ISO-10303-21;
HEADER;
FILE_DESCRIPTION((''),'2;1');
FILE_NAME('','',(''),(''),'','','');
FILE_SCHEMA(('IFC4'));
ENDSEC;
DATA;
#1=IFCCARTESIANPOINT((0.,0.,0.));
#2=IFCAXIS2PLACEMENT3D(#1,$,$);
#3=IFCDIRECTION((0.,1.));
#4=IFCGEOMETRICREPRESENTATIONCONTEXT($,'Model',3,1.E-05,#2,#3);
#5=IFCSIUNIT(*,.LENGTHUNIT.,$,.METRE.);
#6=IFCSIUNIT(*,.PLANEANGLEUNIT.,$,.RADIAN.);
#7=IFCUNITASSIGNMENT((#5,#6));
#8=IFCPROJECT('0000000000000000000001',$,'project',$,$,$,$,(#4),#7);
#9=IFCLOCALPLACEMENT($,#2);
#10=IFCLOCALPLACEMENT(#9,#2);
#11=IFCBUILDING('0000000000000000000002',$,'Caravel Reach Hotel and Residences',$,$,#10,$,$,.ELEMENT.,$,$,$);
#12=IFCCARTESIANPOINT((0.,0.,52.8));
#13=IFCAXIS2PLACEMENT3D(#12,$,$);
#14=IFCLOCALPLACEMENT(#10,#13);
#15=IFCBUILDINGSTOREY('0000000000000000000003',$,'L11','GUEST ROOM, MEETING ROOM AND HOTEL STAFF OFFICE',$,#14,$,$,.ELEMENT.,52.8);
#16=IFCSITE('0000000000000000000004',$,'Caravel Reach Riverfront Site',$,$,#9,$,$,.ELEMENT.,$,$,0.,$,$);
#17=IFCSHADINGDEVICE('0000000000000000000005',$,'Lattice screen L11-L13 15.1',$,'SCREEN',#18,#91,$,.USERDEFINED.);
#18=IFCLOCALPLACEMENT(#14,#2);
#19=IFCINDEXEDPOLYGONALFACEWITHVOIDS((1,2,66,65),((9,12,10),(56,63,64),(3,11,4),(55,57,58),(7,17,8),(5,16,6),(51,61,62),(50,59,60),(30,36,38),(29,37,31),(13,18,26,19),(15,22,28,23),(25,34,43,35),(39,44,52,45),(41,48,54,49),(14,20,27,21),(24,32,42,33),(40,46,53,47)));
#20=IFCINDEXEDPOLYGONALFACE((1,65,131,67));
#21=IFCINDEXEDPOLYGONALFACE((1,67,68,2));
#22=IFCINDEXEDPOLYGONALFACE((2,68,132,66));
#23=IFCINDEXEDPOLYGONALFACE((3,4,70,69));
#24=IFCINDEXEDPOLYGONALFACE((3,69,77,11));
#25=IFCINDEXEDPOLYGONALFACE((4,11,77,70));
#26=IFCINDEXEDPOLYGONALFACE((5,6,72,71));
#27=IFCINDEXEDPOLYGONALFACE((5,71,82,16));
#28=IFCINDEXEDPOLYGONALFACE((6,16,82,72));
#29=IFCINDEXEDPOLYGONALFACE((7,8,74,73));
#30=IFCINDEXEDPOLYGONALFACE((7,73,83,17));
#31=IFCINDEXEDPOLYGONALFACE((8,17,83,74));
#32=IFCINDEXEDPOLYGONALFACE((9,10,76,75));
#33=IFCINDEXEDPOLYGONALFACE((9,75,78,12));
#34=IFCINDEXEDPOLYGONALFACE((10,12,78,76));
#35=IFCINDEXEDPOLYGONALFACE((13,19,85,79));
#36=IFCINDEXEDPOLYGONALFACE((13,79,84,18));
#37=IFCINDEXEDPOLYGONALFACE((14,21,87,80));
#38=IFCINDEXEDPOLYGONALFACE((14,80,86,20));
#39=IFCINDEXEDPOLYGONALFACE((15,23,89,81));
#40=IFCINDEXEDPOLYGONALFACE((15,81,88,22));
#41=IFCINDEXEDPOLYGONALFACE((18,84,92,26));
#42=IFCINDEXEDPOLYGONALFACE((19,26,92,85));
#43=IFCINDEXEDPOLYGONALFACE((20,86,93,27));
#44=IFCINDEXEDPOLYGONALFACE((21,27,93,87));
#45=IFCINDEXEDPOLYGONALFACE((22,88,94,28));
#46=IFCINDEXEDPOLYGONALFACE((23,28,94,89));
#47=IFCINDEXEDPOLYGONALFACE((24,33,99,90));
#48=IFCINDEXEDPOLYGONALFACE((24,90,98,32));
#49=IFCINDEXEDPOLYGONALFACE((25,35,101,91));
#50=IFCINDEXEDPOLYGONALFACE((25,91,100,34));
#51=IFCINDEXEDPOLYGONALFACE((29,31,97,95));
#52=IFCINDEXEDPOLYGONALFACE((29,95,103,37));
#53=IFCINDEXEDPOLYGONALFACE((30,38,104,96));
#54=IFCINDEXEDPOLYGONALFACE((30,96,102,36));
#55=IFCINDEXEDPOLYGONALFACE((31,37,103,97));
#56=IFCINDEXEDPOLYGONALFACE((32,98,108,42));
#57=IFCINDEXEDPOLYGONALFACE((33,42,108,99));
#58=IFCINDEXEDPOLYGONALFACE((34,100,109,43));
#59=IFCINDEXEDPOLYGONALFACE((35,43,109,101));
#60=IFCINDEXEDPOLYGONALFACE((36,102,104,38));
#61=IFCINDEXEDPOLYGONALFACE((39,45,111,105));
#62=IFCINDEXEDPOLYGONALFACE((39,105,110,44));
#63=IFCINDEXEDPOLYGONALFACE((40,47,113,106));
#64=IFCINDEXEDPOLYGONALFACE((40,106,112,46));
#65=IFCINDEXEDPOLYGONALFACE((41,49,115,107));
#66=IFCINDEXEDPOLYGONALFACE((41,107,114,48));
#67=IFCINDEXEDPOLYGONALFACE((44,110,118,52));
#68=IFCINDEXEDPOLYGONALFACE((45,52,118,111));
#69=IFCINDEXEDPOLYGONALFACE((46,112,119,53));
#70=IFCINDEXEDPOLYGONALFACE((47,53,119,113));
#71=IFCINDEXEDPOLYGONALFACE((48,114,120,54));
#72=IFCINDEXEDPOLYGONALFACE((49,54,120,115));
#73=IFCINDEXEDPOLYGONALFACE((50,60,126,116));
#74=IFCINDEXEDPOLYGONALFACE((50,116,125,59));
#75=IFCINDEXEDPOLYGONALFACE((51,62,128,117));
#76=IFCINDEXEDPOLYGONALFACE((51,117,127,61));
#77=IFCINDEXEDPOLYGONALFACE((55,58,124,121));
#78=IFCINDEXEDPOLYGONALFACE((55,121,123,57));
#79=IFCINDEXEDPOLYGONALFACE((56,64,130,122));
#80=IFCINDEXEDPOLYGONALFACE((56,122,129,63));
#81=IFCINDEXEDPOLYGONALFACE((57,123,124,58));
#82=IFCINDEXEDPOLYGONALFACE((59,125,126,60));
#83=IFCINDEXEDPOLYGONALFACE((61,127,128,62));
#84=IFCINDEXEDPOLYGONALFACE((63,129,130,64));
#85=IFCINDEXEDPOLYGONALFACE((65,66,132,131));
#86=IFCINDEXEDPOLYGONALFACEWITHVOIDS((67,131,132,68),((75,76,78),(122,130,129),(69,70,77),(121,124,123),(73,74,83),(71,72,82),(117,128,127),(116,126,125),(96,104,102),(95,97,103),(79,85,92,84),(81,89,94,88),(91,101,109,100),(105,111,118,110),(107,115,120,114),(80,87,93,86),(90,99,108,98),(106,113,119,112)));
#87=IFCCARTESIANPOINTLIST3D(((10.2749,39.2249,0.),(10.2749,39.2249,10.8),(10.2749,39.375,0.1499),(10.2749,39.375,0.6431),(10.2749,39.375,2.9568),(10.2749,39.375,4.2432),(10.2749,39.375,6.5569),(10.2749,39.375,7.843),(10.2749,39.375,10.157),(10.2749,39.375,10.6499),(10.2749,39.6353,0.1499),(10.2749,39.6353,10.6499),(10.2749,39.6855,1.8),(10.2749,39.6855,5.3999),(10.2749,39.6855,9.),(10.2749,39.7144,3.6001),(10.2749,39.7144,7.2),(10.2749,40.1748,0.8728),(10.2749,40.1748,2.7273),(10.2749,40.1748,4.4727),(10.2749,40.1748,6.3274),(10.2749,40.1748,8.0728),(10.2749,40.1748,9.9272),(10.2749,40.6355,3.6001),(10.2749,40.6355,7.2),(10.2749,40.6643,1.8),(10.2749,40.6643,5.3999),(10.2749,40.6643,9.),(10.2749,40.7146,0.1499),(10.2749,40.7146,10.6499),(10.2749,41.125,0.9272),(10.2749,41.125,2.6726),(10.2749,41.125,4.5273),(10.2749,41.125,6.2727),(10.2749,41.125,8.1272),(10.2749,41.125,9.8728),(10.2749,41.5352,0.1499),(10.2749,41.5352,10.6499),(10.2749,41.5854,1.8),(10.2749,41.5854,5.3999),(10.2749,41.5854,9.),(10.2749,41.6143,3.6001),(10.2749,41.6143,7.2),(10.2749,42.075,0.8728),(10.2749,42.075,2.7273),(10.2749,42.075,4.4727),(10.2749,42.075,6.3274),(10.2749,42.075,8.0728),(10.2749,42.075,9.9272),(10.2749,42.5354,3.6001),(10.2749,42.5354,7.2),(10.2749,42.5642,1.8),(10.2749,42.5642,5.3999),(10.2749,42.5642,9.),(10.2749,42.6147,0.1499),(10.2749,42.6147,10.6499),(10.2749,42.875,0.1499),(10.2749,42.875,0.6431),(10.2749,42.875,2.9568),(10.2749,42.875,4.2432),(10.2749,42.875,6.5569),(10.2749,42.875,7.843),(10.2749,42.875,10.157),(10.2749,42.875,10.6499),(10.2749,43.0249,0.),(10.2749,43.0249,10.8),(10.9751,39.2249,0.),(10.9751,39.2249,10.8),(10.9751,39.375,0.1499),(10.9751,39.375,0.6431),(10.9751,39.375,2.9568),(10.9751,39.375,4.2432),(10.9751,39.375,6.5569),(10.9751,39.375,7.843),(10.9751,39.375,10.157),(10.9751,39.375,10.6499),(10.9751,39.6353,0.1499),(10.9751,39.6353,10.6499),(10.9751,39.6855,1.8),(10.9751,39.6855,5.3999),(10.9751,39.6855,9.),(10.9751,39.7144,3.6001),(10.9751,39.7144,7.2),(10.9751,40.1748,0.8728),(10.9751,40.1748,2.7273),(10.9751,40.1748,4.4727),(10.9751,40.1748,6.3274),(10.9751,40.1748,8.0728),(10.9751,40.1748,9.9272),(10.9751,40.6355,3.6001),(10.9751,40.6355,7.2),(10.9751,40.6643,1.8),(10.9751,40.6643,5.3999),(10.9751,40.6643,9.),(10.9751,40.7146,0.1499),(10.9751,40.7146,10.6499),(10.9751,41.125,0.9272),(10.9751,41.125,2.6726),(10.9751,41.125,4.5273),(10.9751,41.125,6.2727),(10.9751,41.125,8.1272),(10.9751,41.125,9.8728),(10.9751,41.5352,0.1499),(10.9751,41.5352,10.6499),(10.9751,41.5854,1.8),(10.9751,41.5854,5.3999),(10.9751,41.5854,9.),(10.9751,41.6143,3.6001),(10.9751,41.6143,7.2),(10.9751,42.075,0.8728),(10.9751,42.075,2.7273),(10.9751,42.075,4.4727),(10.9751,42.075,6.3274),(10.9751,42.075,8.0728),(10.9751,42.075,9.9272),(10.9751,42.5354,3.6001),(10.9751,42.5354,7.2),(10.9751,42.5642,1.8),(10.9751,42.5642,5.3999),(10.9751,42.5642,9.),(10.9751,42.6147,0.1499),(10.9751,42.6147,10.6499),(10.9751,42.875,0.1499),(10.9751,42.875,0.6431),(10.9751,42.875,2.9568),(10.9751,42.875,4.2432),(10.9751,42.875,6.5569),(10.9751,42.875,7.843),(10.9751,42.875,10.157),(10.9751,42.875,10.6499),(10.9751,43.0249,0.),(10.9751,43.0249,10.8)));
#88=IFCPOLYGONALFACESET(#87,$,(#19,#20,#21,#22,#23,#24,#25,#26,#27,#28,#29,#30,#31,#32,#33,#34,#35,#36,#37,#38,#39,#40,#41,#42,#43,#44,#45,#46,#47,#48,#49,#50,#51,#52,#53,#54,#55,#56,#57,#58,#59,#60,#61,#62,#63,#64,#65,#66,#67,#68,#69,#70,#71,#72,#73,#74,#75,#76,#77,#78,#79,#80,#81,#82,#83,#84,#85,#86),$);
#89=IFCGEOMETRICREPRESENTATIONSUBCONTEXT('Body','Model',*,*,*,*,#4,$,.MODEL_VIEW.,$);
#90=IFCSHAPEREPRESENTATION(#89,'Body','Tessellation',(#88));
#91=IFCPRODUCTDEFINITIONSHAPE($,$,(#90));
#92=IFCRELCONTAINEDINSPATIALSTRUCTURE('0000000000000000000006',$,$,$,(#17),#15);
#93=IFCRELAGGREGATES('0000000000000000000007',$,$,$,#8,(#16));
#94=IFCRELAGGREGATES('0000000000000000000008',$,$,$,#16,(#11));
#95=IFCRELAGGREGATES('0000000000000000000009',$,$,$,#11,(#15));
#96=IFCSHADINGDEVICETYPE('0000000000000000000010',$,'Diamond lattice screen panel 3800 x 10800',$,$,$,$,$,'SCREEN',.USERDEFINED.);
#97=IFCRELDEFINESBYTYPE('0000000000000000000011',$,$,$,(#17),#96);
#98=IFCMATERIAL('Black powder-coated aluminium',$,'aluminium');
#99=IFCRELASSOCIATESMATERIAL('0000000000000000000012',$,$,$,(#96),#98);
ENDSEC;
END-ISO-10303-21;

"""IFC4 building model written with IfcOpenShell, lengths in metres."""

from ifc_helpers import new_model, si_unit, direction, frame, origin, place, context, subcontext, project, spatial, polyline, outline, extrude, material, type_object, element, save


model = new_model("IFC4")

# Units and contexts
model_context = context("Model", 3, precision=1e-05, world=origin(), true_north=direction((0.0, 1.0)))
body_context = subcontext(model_context, "Body", "Model", "MODEL_VIEW")
ifc_project = project(units=[si_unit("LENGTHUNIT", "METRE"), si_unit("PLANEANGLEUNIT", "RADIAN")], contexts=[model_context])

# Site, building, storey
site_placement = place(None, origin())
site = spatial("IfcSite", under=ifc_project, at=site_placement, Name="Caravel Reach Riverfront Site", CompositionType="ELEMENT", RefElevation=0.0)
building_placement = place(site_placement, origin())
building = spatial("IfcBuilding", under=site, at=building_placement, Name="Caravel Reach Hotel and Residences", CompositionType="ELEMENT")
storey_placement = place(building_placement, frame((0.0, 0.0, 52.8)))
storey = spatial("IfcBuildingStorey", under=building, at=storey_placement, Name="L11", Description="GUEST ROOM, MEETING ROOM AND HOTEL STAFF OFFICE", CompositionType="ELEMENT", Elevation=52.8)

# Shading device
ifc_material_1 = material(Name="Black powder-coated aluminium", Category="aluminium")
shading_device_type_1 = type_object("IfcShadingDeviceType", Name="Diamond lattice screen panel 3800 x 10800", ElementType="SCREEN", PredefinedType="USERDEFINED", material=ifc_material_1)
shading_device_1_placement = place(storey_placement, frame((10.9751, 43.0249, 0.0), z_axis=(-1.0, 0.0, 0.0), x_axis=(0.0, -1.0, 0.0)))
element("IfcShadingDevice", 1, at=shading_device_1_placement, inside=storey, type_object=shading_device_type_1, Name="Lattice screen L11-L13 15.1", ObjectType="SCREEN", PredefinedType="USERDEFINED", context=body_context, shape_type="SweptSolid", body=[
    extrude(outline(polyline([(0.0, 0.0), (3.8, 0.0), (3.8, 10.8), (0.0, 10.8), (0.0, 0.0)]), holes=[polyline([(0.4102, 0.1499), (0.1499, 0.6431), (0.1499, 0.1499), (0.4102, 0.1499)]), polyline([(0.4895, 3.6001), (0.1499, 4.2432), (0.1499, 2.9568), (0.4895, 3.6001)]), polyline([(0.4895, 7.2), (0.1499, 7.843), (0.1499, 6.5569), (0.4895, 7.2)]), polyline([(0.1499, 10.157), (0.4102, 10.6499), (0.1499, 10.6499), (0.1499, 10.157)]), polyline([(0.95, 2.7273), (0.4607, 1.8), (0.95, 0.8728), (1.4395, 1.8), (0.95, 2.7273)]), polyline([(0.95, 6.3274), (0.4607, 5.3999), (0.95, 4.4727), (1.4395, 5.3999), (0.95, 6.3274)]), polyline([(0.95, 9.9272), (0.4607, 9.0), (0.95, 8.0728), (1.4395, 9.0), (0.95, 9.9272)]), polyline([(1.8999, 0.9272), (1.4897, 0.1499), (2.3103, 0.1499), (1.8999, 0.9272)]), polyline([(1.8999, 4.5273), (1.4106, 3.6001), (1.8999, 2.6726), (2.3894, 3.6001), (1.8999, 4.5273)]), polyline([(1.8999, 8.1272), (1.4106, 7.2), (1.8999, 6.2727), (2.3894, 7.2), (1.8999, 8.1272)]), polyline([(1.8999, 9.8728), (2.3103, 10.6499), (1.4897, 10.6499), (1.8999, 9.8728)]), polyline([(2.8501, 2.7273), (2.3606, 1.8), (2.8501, 0.8728), (3.3394, 1.8), (2.8501, 2.7273)]), polyline([(2.8501, 6.3274), (2.3606, 5.3999), (2.8501, 4.4727), (3.3394, 5.3999), (2.8501, 6.3274)]), polyline([(2.8501, 9.9272), (2.3606, 9.0), (2.8501, 8.0728), (3.3394, 9.0), (2.8501, 9.9272)]), polyline([(3.6499, 0.6431), (3.3896, 0.1499), (3.6499, 0.1499), (3.6499, 0.6431)]), polyline([(3.3105, 3.6001), (3.6499, 2.9568), (3.6499, 4.2432), (3.3105, 3.6001)]), polyline([(3.3105, 7.2), (3.6499, 6.5569), (3.6499, 7.843), (3.3105, 7.2)]), polyline([(3.3896, 10.6499), (3.6499, 10.157), (3.6499, 10.6499), (3.3896, 10.6499)])]), origin(), (0.0, 0.0, 1.0), 0.7002),
])

save(model, "model.ifc")
